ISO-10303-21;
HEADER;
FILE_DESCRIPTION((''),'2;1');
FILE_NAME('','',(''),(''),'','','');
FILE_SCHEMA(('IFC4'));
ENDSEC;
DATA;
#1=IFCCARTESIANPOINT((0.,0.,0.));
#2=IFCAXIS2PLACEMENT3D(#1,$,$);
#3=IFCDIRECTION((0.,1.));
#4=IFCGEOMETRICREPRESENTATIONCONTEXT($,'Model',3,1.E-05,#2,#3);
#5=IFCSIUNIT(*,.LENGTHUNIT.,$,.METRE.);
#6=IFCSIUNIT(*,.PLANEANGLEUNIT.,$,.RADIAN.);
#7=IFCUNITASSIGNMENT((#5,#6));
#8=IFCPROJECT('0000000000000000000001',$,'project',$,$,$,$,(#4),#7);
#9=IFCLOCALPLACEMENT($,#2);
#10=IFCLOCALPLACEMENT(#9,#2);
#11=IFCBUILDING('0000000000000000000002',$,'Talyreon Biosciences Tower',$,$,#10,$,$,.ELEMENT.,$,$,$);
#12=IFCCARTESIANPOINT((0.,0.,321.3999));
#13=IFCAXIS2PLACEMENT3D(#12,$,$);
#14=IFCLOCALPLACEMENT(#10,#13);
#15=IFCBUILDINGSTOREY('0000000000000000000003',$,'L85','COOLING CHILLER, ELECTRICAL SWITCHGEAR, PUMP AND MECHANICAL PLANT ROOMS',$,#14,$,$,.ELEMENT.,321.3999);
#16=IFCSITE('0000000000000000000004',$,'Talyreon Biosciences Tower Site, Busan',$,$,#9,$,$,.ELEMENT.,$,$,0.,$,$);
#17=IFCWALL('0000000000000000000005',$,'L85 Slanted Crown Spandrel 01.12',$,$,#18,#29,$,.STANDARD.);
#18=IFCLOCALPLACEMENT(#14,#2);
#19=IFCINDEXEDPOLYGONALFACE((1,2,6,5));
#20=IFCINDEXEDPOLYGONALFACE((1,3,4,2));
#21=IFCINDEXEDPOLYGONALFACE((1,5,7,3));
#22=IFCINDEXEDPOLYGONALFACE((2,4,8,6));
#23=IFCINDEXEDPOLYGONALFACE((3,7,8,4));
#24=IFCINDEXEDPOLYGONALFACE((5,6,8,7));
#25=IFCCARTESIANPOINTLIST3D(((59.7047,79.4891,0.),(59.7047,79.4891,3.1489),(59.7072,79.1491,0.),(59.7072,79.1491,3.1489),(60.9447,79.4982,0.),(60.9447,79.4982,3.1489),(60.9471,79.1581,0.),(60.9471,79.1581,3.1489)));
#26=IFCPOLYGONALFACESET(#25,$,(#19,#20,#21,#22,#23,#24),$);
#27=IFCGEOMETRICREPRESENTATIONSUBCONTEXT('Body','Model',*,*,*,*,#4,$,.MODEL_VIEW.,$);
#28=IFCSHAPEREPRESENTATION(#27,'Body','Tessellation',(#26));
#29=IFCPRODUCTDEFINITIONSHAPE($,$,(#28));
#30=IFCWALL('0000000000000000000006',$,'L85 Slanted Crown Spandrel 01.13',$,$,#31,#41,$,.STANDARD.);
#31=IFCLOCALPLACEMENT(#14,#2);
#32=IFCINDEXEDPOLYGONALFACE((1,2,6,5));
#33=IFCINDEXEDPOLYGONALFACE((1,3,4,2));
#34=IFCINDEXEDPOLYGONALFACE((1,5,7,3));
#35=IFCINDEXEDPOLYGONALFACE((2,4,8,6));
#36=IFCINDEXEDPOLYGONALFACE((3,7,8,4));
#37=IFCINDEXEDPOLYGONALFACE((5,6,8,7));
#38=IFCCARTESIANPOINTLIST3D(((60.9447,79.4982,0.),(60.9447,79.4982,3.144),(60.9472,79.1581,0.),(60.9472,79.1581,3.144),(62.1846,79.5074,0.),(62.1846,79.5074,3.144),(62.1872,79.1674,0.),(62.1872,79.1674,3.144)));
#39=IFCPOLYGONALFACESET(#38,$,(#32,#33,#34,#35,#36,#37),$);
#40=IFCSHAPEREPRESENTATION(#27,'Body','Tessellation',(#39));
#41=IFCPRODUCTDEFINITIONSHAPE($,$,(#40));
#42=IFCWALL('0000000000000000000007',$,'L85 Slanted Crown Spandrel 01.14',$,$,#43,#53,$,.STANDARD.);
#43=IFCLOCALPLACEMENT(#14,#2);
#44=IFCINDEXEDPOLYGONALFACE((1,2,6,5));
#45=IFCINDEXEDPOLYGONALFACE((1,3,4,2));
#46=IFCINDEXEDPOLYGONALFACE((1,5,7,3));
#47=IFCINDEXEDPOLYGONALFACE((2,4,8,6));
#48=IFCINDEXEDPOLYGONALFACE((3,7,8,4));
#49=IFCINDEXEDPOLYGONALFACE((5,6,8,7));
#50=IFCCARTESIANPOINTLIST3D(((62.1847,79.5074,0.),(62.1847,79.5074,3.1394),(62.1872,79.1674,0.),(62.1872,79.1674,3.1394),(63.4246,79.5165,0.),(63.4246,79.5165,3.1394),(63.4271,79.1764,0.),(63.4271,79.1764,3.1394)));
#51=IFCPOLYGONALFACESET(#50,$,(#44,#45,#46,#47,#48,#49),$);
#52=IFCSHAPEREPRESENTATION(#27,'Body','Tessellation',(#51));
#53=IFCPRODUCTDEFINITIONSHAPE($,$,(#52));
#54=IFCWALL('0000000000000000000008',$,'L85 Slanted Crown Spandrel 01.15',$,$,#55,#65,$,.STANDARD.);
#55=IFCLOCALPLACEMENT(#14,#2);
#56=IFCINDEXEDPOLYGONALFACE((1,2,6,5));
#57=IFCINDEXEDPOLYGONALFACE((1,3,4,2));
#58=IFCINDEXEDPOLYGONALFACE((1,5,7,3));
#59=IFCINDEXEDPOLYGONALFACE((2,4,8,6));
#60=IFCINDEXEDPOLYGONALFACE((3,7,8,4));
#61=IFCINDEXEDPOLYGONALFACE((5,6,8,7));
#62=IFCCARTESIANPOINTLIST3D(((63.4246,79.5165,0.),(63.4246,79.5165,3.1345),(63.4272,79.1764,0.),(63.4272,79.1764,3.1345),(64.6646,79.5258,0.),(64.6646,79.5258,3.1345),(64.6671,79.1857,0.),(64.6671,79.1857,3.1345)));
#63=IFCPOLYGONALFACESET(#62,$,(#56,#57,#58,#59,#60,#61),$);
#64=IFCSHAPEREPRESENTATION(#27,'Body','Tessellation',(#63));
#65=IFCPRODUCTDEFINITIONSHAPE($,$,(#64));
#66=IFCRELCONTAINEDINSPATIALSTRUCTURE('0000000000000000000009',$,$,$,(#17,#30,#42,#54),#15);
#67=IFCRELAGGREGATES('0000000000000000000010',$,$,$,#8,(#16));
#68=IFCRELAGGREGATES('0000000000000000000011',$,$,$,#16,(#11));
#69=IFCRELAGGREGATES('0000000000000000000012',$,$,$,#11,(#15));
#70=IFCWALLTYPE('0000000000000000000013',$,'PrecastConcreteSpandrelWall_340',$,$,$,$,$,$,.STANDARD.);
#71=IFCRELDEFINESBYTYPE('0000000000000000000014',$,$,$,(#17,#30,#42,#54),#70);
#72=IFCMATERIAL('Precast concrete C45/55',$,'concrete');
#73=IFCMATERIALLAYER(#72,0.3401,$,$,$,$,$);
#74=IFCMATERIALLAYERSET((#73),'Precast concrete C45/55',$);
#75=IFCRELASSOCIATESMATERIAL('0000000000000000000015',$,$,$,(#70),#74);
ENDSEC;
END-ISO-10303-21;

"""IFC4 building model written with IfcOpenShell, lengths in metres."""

from ifc_helpers import new_model, si_unit, direction, frame, frame_2d, origin, place, context, subcontext, project, spatial, rectangle, extrude, material, layer, layer_set, type_object, element, save


model = new_model("IFC4")

# Units and contexts
model_context = context("Model", 3, precision=1e-05, world=origin(), true_north=direction((0.0, 1.0)))
body_context = subcontext(model_context, "Body", "Model", "MODEL_VIEW")
ifc_project = project(units=[si_unit("LENGTHUNIT", "METRE"), si_unit("PLANEANGLEUNIT", "RADIAN")], contexts=[model_context])

# Site, building, storey
site_placement = place(None, origin())
site = spatial("IfcSite", under=ifc_project, at=site_placement, Name="Talyreon Biosciences Tower Site, Busan", CompositionType="ELEMENT", RefElevation=0.0)
building_placement = place(site_placement, origin())
building = spatial("IfcBuilding", under=site, at=building_placement, Name="Talyreon Biosciences Tower", CompositionType="ELEMENT")
storey_placement = place(building_placement, frame((0.0, 0.0, 321.3999)))
storey = spatial("IfcBuildingStorey", under=building, at=storey_placement, Name="L85", Description="COOLING CHILLER, ELECTRICAL SWITCHGEAR, PUMP AND MECHANICAL PLANT ROOMS", CompositionType="ELEMENT", Elevation=321.3999)

# Walls
ifc_material_1 = material(Name="Precast concrete C45/55", Category="concrete")
ifc_layer_1 = layer(ifc_material_1, 0.3401)
ifc_layer_set_1 = layer_set([ifc_layer_1], Name="Precast concrete C45/55")
wall_type_1 = type_object("IfcWallType", Name="PrecastConcreteSpandrelWall_340", PredefinedType="STANDARD", material=ifc_layer_set_1)
wall_1_placement = place(storey_placement, frame((59.7058, 79.3191, 0.0), z_axis=(0.0, 0.0, 1.0), x_axis=(0.999973, 0.007285, 0.0)))
element("IfcWall", 1, at=wall_1_placement, inside=storey, type_object=wall_type_1, Name="L85 Slanted Crown Spandrel 01.12", PredefinedType="STANDARD", context=body_context, shape_type="SweptSolid", body=[
    extrude(rectangle(XDim=1.24, YDim=0.3401, at=frame_2d((0.6201, 0.0))), origin(), (0.0, 0.0, 1.0), 3.1489),
])
wall_2_placement = place(storey_placement, frame((60.9458, 79.3281, 0.0), z_axis=(0.0, 0.0, 1.0), x_axis=(0.999972, 0.007482, 0.0)))
element("IfcWall", 2, at=wall_2_placement, inside=storey, type_object=wall_type_1, Name="L85 Slanted Crown Spandrel 01.13", PredefinedType="STANDARD", context=body_context, shape_type="SweptSolid", body=[
    extrude(rectangle(XDim=1.24, YDim=0.3401, at=frame_2d((0.6201, 0.0))), origin(), (0.0, 0.0, 1.0), 3.144),
])
wall_3_placement = place(storey_placement, frame((62.1858, 79.3374, 0.0), z_axis=(0.0, 0.0, 1.0), x_axis=(0.999973, 0.007285, 0.0)))
element("IfcWall", 3, at=wall_3_placement, inside=storey, type_object=wall_type_1, Name="L85 Slanted Crown Spandrel 01.14", PredefinedType="STANDARD", context=body_context, shape_type="SweptSolid", body=[
    extrude(rectangle(XDim=1.24, YDim=0.3401, at=frame_2d((0.6201, 0.0))), origin(), (0.0, 0.0, 1.0), 3.1394),
])
wall_4_placement = place(storey_placement, frame((63.4258, 79.3464, 0.0), z_axis=(0.0, 0.0, 1.0), x_axis=(0.999972, 0.007482, 0.0)))
element("IfcWall", 4, at=wall_4_placement, inside=storey, type_object=wall_type_1, Name="L85 Slanted Crown Spandrel 01.15", PredefinedType="STANDARD", context=body_context, shape_type="SweptSolid", body=[
    extrude(rectangle(XDim=1.24, YDim=0.3401, at=frame_2d((0.6201, 0.0))), origin(), (0.0, 0.0, 1.0), 3.1345),
])

save(model, "model.ifc")
